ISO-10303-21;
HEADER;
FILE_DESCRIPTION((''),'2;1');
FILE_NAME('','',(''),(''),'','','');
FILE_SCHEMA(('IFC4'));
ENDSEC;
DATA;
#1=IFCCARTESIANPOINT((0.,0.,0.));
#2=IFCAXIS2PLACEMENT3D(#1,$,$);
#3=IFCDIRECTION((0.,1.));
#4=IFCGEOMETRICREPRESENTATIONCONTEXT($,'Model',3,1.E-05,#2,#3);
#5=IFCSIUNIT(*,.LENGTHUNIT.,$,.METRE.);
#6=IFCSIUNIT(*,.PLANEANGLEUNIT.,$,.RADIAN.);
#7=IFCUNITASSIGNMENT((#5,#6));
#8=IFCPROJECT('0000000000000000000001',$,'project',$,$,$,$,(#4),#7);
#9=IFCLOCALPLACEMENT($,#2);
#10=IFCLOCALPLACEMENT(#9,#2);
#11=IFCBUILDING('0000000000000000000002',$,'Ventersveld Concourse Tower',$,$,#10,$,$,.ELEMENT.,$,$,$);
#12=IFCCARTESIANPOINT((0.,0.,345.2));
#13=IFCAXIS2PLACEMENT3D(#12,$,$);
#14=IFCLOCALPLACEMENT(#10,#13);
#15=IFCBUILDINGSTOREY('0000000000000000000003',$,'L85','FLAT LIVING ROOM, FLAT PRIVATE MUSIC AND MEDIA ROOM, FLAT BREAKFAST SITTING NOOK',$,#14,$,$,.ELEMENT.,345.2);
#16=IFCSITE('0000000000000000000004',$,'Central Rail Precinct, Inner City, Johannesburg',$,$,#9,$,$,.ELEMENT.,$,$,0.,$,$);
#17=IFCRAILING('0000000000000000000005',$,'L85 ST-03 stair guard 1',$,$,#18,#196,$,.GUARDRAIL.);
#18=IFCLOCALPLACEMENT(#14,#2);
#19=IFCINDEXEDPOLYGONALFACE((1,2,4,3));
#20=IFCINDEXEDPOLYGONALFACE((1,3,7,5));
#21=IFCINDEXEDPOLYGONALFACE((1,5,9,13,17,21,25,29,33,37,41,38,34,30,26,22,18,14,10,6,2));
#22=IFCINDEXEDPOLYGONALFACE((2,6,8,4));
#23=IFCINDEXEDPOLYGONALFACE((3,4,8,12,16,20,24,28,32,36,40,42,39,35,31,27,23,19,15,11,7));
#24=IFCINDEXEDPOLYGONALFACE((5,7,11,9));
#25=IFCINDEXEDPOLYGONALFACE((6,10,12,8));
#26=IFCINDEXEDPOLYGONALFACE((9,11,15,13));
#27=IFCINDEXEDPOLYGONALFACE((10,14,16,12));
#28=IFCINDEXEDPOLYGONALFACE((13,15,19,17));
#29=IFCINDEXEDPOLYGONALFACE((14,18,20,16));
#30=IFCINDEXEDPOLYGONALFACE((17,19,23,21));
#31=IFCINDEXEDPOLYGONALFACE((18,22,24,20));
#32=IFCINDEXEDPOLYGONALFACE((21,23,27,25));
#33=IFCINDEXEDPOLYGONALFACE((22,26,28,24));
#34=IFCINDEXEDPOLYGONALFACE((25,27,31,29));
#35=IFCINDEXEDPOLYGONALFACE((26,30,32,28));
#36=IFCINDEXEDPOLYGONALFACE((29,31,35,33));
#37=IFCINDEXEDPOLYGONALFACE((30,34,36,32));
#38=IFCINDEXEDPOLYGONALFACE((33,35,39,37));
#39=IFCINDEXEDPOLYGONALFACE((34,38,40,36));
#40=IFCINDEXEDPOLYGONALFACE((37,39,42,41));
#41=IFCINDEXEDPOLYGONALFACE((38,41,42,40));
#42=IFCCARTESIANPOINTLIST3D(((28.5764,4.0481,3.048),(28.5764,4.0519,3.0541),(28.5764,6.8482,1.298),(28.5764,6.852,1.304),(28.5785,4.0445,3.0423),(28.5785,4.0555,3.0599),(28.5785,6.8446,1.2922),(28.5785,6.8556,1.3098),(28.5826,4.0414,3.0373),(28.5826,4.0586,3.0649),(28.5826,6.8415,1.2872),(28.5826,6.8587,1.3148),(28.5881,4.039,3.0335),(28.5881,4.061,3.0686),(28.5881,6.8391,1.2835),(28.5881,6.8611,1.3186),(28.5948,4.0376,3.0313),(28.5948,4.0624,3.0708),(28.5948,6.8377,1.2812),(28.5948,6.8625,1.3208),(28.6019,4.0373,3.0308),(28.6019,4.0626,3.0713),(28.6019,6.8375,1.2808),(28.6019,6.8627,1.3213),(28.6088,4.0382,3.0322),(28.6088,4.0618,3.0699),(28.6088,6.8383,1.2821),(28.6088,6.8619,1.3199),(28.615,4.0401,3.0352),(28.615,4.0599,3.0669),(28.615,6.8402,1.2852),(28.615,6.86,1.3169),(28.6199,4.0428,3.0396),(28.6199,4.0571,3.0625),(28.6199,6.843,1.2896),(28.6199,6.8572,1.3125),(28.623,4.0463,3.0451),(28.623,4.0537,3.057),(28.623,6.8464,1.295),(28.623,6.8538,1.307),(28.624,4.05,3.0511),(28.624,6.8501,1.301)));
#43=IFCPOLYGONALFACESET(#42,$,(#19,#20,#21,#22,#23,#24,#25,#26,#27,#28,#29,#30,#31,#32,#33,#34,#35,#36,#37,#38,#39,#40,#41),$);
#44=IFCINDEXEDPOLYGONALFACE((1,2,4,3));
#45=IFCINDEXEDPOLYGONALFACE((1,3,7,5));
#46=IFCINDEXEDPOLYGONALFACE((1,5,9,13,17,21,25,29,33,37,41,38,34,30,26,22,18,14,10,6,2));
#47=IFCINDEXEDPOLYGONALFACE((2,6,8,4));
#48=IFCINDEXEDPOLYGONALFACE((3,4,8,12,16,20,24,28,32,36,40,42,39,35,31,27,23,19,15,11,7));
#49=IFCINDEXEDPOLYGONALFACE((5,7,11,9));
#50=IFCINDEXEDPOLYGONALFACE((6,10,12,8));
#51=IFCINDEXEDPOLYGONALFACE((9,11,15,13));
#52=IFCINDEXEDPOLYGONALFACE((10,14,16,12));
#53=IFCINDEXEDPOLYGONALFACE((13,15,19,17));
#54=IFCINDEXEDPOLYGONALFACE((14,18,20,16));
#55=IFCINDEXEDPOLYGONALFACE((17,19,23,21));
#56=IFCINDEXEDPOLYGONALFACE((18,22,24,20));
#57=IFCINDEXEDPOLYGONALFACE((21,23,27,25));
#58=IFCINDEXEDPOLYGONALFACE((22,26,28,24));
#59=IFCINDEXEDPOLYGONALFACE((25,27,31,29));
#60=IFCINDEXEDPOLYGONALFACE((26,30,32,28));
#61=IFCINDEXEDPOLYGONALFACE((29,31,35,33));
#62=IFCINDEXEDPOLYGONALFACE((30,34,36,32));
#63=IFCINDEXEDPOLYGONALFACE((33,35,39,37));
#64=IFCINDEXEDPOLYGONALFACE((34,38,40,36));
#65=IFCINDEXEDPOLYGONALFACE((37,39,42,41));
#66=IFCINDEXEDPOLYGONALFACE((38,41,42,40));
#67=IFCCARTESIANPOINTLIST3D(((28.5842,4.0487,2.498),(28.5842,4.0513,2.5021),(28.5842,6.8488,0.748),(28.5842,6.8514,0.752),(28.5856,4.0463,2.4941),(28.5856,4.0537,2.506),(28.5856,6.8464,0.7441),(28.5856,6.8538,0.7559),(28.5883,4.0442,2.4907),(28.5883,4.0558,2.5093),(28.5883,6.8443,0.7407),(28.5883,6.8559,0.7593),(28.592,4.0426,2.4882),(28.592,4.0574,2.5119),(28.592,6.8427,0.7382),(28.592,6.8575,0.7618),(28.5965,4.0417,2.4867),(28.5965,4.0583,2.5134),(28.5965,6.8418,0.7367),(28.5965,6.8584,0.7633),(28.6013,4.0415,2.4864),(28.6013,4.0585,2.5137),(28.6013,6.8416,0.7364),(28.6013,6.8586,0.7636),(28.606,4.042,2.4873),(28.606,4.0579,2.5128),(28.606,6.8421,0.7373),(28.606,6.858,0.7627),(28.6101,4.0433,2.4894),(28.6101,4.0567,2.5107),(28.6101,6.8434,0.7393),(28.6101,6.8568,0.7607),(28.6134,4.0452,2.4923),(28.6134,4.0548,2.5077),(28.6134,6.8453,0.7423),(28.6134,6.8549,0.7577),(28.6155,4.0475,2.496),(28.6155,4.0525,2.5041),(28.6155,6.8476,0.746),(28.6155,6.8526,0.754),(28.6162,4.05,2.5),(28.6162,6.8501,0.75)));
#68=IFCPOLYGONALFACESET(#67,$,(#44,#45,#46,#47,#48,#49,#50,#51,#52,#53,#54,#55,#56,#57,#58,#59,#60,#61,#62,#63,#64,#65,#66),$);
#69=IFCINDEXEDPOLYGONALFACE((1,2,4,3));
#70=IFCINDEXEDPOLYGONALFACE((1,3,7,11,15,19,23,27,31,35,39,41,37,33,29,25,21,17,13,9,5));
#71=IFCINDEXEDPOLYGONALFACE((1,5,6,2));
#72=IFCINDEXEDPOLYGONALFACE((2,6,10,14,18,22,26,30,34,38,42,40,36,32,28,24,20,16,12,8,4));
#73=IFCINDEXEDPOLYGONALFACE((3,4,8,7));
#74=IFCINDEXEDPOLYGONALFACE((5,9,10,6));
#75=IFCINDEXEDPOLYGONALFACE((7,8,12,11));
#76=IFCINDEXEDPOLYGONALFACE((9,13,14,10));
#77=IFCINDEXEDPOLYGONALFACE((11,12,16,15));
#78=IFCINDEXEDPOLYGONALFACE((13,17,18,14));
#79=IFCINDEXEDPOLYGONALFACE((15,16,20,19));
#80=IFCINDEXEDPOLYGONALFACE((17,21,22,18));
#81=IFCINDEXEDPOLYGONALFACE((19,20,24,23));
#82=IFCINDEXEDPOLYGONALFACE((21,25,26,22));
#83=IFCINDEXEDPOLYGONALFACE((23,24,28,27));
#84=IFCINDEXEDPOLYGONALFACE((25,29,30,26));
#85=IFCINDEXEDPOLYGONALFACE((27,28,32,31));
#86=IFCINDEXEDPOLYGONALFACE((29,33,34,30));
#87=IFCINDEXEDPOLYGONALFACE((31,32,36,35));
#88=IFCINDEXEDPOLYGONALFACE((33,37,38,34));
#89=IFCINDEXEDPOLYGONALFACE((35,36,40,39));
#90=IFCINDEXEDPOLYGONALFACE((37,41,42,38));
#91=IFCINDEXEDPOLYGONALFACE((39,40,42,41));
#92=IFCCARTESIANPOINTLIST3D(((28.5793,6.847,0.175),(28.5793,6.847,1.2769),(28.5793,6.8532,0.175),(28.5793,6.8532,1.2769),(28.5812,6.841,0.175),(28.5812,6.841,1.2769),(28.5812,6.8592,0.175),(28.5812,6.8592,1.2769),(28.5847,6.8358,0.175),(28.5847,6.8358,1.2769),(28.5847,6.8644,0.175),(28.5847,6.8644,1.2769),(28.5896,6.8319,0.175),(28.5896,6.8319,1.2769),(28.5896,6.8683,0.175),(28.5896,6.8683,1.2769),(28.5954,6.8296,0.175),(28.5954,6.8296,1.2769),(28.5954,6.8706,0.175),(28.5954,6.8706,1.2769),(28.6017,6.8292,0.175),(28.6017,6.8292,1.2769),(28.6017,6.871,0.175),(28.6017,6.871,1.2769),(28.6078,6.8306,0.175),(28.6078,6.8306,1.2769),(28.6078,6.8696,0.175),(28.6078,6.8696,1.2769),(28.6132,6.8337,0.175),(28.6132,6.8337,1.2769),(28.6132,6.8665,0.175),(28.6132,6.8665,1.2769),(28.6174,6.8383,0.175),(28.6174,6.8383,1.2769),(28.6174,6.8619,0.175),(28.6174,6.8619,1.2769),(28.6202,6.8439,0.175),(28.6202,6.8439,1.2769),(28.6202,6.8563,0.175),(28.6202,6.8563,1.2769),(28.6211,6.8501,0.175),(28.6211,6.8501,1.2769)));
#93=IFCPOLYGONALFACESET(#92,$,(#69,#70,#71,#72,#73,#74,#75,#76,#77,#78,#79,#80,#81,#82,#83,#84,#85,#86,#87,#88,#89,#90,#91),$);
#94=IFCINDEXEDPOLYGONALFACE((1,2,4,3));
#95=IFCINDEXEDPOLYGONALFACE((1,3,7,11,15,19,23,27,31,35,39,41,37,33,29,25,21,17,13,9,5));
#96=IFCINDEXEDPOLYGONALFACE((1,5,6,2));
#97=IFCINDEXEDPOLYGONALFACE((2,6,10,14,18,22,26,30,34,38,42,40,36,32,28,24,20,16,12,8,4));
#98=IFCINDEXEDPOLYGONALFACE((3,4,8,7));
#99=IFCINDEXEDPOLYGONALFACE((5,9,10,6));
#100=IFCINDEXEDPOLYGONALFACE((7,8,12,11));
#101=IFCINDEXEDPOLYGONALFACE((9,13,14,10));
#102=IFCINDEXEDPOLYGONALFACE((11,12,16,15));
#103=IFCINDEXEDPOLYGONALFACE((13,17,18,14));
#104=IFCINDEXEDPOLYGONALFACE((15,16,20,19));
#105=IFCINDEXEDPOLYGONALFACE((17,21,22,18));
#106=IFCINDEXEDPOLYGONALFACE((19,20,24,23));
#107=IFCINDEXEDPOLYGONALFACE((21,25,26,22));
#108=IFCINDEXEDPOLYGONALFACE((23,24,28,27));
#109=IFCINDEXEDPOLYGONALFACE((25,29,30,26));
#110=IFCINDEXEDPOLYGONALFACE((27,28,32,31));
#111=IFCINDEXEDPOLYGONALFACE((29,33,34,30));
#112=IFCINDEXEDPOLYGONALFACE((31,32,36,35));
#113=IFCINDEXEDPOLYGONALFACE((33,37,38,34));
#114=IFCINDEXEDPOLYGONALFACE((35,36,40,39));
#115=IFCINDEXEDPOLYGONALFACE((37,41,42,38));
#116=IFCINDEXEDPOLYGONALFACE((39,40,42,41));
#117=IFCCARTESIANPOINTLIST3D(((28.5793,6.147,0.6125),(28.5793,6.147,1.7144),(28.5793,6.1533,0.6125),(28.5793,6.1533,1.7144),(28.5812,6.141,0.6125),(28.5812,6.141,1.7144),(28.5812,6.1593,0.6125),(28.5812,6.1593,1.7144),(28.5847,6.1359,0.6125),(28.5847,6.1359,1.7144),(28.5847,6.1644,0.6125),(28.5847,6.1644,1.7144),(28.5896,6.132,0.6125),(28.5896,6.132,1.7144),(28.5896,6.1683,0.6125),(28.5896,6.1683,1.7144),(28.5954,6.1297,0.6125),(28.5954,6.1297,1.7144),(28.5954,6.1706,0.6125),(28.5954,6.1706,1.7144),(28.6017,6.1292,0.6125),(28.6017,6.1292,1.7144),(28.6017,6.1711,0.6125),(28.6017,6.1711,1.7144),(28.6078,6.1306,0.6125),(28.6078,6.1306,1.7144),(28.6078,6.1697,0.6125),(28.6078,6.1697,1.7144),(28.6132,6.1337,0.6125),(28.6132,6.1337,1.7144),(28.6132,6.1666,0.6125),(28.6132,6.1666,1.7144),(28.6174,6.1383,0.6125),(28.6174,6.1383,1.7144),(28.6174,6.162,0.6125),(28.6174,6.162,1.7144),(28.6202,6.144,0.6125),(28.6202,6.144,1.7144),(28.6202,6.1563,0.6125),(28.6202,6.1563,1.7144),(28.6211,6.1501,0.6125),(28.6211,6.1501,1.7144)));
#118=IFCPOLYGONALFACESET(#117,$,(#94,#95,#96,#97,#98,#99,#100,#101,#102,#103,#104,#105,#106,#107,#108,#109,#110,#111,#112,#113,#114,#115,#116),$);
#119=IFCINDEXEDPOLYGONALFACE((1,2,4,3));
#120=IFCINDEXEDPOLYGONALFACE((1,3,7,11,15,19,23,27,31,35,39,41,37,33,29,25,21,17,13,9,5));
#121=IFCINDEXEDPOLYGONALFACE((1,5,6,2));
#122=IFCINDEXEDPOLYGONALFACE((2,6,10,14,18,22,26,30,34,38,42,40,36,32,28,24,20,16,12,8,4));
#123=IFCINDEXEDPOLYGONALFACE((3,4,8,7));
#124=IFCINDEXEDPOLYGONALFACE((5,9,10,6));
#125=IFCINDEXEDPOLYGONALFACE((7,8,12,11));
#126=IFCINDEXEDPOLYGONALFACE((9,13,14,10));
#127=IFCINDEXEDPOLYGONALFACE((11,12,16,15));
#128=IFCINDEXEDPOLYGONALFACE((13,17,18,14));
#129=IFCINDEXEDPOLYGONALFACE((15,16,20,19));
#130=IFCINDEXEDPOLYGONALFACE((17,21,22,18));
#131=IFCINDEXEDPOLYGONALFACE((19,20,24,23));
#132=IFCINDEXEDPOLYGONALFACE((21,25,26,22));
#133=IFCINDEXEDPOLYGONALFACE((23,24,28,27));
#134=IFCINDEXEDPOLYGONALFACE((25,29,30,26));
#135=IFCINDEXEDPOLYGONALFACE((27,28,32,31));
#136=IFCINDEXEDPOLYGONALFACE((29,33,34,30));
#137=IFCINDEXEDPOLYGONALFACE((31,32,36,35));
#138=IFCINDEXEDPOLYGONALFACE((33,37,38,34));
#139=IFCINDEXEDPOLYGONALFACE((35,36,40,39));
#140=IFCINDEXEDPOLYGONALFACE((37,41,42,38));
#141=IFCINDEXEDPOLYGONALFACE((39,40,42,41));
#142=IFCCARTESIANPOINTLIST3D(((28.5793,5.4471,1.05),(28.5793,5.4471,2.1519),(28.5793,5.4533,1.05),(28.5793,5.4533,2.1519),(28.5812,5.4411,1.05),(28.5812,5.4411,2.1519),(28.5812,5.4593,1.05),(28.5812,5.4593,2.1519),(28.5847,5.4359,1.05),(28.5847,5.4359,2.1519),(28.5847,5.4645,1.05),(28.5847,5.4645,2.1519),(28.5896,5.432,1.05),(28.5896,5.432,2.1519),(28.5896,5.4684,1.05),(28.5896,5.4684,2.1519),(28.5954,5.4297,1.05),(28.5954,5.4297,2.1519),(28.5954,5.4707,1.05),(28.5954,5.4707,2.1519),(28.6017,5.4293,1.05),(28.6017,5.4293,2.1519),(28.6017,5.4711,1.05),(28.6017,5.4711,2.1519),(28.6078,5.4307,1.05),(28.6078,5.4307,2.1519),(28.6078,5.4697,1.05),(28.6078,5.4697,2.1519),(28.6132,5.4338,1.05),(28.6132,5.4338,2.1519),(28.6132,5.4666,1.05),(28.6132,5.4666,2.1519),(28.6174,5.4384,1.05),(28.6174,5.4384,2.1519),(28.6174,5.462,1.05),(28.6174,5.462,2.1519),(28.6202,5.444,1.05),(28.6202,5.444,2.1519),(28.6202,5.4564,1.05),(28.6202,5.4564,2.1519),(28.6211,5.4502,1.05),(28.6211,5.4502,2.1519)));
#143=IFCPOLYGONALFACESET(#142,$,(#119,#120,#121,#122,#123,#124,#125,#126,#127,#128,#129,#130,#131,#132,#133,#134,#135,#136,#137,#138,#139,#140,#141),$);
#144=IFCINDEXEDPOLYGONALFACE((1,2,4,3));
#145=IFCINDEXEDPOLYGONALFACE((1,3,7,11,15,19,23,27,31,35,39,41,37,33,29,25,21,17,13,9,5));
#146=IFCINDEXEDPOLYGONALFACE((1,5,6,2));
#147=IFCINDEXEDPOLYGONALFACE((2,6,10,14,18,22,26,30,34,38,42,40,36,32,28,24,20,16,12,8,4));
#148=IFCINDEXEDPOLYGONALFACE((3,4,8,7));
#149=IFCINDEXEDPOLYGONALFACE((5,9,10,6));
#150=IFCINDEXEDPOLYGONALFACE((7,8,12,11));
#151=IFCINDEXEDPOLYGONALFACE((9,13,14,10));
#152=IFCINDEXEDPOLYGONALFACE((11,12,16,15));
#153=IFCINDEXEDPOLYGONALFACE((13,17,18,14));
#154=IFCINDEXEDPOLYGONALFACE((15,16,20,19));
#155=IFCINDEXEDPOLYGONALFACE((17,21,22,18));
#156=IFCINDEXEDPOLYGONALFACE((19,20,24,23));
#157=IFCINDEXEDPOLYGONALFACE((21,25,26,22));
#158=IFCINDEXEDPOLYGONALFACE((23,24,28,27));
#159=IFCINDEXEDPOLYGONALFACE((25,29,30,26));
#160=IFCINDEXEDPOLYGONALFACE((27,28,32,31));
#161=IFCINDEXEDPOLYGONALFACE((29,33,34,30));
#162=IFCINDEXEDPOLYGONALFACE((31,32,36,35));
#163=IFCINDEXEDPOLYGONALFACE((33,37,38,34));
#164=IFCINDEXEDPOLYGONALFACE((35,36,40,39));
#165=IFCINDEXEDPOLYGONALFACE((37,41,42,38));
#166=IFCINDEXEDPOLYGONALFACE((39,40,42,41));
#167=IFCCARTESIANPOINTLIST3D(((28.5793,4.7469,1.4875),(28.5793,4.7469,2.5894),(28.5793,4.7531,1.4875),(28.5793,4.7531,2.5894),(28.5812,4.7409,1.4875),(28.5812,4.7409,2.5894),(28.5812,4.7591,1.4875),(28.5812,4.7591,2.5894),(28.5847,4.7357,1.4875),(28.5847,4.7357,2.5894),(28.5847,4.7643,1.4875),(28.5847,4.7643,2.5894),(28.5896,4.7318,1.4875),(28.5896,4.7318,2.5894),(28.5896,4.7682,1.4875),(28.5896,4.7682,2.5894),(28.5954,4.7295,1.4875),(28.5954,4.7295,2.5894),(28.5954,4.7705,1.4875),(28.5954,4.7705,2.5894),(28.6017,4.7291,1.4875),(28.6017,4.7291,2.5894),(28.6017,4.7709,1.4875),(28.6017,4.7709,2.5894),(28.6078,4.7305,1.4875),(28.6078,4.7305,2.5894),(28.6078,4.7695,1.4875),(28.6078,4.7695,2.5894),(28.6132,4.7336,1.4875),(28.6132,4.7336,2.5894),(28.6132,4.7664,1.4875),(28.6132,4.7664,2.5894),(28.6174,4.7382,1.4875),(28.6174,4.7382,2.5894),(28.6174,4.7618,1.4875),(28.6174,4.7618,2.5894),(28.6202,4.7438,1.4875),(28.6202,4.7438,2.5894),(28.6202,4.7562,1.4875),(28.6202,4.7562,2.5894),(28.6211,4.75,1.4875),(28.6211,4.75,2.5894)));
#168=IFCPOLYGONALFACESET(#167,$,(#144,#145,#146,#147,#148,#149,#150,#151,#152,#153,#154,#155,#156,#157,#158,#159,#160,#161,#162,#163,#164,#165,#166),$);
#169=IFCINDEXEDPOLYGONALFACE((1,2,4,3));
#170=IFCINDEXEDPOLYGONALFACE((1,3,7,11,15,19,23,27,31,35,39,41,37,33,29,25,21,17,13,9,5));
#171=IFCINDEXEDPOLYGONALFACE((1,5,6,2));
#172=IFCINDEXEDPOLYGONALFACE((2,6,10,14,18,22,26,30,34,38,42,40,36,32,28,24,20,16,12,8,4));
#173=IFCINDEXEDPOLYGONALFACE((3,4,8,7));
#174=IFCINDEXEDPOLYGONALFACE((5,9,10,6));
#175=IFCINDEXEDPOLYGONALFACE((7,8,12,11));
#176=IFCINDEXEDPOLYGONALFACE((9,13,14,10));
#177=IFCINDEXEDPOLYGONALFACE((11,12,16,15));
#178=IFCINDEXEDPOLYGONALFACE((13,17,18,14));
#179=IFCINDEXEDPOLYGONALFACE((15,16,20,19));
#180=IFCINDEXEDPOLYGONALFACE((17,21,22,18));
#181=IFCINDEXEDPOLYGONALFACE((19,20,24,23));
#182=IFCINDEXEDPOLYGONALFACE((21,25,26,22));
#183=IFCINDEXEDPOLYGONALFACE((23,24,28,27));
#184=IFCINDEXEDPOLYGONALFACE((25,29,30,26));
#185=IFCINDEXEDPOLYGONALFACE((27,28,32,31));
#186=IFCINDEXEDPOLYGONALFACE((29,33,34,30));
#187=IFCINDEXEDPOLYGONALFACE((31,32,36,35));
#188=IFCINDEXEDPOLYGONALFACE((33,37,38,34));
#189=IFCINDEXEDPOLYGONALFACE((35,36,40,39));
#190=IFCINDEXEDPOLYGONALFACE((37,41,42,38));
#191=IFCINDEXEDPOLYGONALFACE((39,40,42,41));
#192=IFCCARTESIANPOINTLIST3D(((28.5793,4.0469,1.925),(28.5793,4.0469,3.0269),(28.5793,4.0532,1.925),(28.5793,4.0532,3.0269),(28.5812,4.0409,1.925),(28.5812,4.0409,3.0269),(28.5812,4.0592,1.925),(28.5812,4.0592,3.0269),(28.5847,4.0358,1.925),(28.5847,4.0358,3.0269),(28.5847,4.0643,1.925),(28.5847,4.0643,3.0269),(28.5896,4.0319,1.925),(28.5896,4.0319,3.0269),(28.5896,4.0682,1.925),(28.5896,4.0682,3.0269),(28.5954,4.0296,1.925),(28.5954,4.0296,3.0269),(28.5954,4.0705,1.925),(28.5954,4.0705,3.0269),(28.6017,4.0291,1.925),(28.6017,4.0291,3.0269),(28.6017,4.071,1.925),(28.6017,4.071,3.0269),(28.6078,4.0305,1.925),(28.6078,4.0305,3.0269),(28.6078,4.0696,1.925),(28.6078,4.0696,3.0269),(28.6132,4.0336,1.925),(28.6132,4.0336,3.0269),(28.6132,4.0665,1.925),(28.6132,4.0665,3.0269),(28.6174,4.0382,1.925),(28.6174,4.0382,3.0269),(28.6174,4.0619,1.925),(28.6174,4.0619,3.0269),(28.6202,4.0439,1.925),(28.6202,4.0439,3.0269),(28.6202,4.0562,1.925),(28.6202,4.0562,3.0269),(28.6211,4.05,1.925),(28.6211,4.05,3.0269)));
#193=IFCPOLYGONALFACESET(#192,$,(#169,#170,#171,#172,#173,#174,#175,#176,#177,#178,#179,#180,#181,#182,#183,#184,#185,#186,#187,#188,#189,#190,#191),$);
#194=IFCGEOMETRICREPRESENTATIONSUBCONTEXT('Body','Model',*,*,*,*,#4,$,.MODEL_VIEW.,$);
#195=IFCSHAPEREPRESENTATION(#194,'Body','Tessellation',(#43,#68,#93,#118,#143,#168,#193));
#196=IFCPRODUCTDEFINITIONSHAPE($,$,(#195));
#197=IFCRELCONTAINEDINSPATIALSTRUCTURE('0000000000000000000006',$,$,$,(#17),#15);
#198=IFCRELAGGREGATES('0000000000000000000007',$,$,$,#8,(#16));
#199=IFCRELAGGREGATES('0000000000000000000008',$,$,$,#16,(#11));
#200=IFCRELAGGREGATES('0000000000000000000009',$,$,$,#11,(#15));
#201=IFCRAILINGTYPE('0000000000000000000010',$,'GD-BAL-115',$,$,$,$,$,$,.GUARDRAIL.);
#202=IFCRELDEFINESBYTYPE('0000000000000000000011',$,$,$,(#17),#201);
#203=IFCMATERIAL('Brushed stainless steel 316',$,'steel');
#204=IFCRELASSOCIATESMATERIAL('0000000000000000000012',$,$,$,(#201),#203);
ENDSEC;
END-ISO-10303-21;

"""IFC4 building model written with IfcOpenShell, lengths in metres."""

from ifc_helpers import new_model, si_unit, direction, frame, origin, origin_2d, place, context, subcontext, project, spatial, circle, extrude, material, type_object, element, save


model = new_model("IFC4")

# Units and contexts
model_context = context("Model", 3, precision=1e-05, world=origin(), true_north=direction((0.0, 1.0)))
body_context = subcontext(model_context, "Body", "Model", "MODEL_VIEW")
ifc_project = project(units=[si_unit("LENGTHUNIT", "METRE"), si_unit("PLANEANGLEUNIT", "RADIAN")], contexts=[model_context])

# Site, building, storey
site_placement = place(None, origin())
site = spatial("IfcSite", under=ifc_project, at=site_placement, Name="Central Rail Precinct, Inner City, Johannesburg", CompositionType="ELEMENT", RefElevation=0.0)
building_placement = place(site_placement, origin())
building = spatial("IfcBuilding", under=site, at=building_placement, Name="Ventersveld Concourse Tower", CompositionType="ELEMENT")
storey_placement = place(building_placement, frame((0.0, 0.0, 345.2)))
storey = spatial("IfcBuildingStorey", under=building, at=storey_placement, Name="L85", Description="FLAT LIVING ROOM, FLAT PRIVATE MUSIC AND MEDIA ROOM, FLAT BREAKFAST SITTING NOOK", CompositionType="ELEMENT", Elevation=345.2)

# Shared definitions
ifc_material_1 = material(Name="Brushed stainless steel 316", Category="steel")

# Railing
railing_type_1 = type_object("IfcRailingType", Name="GD-BAL-115", PredefinedType="GUARDRAIL", material=ifc_material_1)
railing_1_placement = place(storey_placement, frame((28.6001, 6.8501, 0.175)))
element("IfcRailing", 1, at=railing_1_placement, inside=storey, type_object=railing_type_1, Name="L85 ST-03 stair guard 1", PredefinedType="GUARDRAIL", context=body_context, shape_type="SweptSolid", body=[
    extrude(circle(Radius=0.0239, at=origin_2d()), frame((0.0, 0.0, 1.126), z_axis=(0.0, -0.848002, 0.529992), x_axis=(1.0, 0.0, 0.0)), (0.0, 0.0, 1.0), 3.302),
    extrude(circle(Radius=0.0161, at=origin_2d()), frame((0.0, 0.0, 0.575), z_axis=(0.0, -0.848002, 0.529992), x_axis=(1.0, 0.0, 0.0)), (0.0, 0.0, 1.0), 3.302),
    extrude(circle(Radius=0.021, at=origin_2d()), origin(), (0.0, 0.0, 1.0), 1.1018),
    extrude(circle(Radius=0.021, at=origin_2d()), frame((0.0, -0.7, 0.4375)), (0.0, 0.0, 1.0), 1.1018),
    extrude(circle(Radius=0.021, at=origin_2d()), frame((0.0, -1.3999, 0.875)), (0.0, 0.0, 1.0), 1.1018),
    extrude(circle(Radius=0.021, at=origin_2d()), frame((0.0, -2.1001, 1.3125)), (0.0, 0.0, 1.0), 1.1018),
    extrude(circle(Radius=0.021, at=origin_2d()), frame((0.0, -2.8, 1.75)), (0.0, 0.0, 1.0), 1.1018),
])

save(model, "model.ifc")
